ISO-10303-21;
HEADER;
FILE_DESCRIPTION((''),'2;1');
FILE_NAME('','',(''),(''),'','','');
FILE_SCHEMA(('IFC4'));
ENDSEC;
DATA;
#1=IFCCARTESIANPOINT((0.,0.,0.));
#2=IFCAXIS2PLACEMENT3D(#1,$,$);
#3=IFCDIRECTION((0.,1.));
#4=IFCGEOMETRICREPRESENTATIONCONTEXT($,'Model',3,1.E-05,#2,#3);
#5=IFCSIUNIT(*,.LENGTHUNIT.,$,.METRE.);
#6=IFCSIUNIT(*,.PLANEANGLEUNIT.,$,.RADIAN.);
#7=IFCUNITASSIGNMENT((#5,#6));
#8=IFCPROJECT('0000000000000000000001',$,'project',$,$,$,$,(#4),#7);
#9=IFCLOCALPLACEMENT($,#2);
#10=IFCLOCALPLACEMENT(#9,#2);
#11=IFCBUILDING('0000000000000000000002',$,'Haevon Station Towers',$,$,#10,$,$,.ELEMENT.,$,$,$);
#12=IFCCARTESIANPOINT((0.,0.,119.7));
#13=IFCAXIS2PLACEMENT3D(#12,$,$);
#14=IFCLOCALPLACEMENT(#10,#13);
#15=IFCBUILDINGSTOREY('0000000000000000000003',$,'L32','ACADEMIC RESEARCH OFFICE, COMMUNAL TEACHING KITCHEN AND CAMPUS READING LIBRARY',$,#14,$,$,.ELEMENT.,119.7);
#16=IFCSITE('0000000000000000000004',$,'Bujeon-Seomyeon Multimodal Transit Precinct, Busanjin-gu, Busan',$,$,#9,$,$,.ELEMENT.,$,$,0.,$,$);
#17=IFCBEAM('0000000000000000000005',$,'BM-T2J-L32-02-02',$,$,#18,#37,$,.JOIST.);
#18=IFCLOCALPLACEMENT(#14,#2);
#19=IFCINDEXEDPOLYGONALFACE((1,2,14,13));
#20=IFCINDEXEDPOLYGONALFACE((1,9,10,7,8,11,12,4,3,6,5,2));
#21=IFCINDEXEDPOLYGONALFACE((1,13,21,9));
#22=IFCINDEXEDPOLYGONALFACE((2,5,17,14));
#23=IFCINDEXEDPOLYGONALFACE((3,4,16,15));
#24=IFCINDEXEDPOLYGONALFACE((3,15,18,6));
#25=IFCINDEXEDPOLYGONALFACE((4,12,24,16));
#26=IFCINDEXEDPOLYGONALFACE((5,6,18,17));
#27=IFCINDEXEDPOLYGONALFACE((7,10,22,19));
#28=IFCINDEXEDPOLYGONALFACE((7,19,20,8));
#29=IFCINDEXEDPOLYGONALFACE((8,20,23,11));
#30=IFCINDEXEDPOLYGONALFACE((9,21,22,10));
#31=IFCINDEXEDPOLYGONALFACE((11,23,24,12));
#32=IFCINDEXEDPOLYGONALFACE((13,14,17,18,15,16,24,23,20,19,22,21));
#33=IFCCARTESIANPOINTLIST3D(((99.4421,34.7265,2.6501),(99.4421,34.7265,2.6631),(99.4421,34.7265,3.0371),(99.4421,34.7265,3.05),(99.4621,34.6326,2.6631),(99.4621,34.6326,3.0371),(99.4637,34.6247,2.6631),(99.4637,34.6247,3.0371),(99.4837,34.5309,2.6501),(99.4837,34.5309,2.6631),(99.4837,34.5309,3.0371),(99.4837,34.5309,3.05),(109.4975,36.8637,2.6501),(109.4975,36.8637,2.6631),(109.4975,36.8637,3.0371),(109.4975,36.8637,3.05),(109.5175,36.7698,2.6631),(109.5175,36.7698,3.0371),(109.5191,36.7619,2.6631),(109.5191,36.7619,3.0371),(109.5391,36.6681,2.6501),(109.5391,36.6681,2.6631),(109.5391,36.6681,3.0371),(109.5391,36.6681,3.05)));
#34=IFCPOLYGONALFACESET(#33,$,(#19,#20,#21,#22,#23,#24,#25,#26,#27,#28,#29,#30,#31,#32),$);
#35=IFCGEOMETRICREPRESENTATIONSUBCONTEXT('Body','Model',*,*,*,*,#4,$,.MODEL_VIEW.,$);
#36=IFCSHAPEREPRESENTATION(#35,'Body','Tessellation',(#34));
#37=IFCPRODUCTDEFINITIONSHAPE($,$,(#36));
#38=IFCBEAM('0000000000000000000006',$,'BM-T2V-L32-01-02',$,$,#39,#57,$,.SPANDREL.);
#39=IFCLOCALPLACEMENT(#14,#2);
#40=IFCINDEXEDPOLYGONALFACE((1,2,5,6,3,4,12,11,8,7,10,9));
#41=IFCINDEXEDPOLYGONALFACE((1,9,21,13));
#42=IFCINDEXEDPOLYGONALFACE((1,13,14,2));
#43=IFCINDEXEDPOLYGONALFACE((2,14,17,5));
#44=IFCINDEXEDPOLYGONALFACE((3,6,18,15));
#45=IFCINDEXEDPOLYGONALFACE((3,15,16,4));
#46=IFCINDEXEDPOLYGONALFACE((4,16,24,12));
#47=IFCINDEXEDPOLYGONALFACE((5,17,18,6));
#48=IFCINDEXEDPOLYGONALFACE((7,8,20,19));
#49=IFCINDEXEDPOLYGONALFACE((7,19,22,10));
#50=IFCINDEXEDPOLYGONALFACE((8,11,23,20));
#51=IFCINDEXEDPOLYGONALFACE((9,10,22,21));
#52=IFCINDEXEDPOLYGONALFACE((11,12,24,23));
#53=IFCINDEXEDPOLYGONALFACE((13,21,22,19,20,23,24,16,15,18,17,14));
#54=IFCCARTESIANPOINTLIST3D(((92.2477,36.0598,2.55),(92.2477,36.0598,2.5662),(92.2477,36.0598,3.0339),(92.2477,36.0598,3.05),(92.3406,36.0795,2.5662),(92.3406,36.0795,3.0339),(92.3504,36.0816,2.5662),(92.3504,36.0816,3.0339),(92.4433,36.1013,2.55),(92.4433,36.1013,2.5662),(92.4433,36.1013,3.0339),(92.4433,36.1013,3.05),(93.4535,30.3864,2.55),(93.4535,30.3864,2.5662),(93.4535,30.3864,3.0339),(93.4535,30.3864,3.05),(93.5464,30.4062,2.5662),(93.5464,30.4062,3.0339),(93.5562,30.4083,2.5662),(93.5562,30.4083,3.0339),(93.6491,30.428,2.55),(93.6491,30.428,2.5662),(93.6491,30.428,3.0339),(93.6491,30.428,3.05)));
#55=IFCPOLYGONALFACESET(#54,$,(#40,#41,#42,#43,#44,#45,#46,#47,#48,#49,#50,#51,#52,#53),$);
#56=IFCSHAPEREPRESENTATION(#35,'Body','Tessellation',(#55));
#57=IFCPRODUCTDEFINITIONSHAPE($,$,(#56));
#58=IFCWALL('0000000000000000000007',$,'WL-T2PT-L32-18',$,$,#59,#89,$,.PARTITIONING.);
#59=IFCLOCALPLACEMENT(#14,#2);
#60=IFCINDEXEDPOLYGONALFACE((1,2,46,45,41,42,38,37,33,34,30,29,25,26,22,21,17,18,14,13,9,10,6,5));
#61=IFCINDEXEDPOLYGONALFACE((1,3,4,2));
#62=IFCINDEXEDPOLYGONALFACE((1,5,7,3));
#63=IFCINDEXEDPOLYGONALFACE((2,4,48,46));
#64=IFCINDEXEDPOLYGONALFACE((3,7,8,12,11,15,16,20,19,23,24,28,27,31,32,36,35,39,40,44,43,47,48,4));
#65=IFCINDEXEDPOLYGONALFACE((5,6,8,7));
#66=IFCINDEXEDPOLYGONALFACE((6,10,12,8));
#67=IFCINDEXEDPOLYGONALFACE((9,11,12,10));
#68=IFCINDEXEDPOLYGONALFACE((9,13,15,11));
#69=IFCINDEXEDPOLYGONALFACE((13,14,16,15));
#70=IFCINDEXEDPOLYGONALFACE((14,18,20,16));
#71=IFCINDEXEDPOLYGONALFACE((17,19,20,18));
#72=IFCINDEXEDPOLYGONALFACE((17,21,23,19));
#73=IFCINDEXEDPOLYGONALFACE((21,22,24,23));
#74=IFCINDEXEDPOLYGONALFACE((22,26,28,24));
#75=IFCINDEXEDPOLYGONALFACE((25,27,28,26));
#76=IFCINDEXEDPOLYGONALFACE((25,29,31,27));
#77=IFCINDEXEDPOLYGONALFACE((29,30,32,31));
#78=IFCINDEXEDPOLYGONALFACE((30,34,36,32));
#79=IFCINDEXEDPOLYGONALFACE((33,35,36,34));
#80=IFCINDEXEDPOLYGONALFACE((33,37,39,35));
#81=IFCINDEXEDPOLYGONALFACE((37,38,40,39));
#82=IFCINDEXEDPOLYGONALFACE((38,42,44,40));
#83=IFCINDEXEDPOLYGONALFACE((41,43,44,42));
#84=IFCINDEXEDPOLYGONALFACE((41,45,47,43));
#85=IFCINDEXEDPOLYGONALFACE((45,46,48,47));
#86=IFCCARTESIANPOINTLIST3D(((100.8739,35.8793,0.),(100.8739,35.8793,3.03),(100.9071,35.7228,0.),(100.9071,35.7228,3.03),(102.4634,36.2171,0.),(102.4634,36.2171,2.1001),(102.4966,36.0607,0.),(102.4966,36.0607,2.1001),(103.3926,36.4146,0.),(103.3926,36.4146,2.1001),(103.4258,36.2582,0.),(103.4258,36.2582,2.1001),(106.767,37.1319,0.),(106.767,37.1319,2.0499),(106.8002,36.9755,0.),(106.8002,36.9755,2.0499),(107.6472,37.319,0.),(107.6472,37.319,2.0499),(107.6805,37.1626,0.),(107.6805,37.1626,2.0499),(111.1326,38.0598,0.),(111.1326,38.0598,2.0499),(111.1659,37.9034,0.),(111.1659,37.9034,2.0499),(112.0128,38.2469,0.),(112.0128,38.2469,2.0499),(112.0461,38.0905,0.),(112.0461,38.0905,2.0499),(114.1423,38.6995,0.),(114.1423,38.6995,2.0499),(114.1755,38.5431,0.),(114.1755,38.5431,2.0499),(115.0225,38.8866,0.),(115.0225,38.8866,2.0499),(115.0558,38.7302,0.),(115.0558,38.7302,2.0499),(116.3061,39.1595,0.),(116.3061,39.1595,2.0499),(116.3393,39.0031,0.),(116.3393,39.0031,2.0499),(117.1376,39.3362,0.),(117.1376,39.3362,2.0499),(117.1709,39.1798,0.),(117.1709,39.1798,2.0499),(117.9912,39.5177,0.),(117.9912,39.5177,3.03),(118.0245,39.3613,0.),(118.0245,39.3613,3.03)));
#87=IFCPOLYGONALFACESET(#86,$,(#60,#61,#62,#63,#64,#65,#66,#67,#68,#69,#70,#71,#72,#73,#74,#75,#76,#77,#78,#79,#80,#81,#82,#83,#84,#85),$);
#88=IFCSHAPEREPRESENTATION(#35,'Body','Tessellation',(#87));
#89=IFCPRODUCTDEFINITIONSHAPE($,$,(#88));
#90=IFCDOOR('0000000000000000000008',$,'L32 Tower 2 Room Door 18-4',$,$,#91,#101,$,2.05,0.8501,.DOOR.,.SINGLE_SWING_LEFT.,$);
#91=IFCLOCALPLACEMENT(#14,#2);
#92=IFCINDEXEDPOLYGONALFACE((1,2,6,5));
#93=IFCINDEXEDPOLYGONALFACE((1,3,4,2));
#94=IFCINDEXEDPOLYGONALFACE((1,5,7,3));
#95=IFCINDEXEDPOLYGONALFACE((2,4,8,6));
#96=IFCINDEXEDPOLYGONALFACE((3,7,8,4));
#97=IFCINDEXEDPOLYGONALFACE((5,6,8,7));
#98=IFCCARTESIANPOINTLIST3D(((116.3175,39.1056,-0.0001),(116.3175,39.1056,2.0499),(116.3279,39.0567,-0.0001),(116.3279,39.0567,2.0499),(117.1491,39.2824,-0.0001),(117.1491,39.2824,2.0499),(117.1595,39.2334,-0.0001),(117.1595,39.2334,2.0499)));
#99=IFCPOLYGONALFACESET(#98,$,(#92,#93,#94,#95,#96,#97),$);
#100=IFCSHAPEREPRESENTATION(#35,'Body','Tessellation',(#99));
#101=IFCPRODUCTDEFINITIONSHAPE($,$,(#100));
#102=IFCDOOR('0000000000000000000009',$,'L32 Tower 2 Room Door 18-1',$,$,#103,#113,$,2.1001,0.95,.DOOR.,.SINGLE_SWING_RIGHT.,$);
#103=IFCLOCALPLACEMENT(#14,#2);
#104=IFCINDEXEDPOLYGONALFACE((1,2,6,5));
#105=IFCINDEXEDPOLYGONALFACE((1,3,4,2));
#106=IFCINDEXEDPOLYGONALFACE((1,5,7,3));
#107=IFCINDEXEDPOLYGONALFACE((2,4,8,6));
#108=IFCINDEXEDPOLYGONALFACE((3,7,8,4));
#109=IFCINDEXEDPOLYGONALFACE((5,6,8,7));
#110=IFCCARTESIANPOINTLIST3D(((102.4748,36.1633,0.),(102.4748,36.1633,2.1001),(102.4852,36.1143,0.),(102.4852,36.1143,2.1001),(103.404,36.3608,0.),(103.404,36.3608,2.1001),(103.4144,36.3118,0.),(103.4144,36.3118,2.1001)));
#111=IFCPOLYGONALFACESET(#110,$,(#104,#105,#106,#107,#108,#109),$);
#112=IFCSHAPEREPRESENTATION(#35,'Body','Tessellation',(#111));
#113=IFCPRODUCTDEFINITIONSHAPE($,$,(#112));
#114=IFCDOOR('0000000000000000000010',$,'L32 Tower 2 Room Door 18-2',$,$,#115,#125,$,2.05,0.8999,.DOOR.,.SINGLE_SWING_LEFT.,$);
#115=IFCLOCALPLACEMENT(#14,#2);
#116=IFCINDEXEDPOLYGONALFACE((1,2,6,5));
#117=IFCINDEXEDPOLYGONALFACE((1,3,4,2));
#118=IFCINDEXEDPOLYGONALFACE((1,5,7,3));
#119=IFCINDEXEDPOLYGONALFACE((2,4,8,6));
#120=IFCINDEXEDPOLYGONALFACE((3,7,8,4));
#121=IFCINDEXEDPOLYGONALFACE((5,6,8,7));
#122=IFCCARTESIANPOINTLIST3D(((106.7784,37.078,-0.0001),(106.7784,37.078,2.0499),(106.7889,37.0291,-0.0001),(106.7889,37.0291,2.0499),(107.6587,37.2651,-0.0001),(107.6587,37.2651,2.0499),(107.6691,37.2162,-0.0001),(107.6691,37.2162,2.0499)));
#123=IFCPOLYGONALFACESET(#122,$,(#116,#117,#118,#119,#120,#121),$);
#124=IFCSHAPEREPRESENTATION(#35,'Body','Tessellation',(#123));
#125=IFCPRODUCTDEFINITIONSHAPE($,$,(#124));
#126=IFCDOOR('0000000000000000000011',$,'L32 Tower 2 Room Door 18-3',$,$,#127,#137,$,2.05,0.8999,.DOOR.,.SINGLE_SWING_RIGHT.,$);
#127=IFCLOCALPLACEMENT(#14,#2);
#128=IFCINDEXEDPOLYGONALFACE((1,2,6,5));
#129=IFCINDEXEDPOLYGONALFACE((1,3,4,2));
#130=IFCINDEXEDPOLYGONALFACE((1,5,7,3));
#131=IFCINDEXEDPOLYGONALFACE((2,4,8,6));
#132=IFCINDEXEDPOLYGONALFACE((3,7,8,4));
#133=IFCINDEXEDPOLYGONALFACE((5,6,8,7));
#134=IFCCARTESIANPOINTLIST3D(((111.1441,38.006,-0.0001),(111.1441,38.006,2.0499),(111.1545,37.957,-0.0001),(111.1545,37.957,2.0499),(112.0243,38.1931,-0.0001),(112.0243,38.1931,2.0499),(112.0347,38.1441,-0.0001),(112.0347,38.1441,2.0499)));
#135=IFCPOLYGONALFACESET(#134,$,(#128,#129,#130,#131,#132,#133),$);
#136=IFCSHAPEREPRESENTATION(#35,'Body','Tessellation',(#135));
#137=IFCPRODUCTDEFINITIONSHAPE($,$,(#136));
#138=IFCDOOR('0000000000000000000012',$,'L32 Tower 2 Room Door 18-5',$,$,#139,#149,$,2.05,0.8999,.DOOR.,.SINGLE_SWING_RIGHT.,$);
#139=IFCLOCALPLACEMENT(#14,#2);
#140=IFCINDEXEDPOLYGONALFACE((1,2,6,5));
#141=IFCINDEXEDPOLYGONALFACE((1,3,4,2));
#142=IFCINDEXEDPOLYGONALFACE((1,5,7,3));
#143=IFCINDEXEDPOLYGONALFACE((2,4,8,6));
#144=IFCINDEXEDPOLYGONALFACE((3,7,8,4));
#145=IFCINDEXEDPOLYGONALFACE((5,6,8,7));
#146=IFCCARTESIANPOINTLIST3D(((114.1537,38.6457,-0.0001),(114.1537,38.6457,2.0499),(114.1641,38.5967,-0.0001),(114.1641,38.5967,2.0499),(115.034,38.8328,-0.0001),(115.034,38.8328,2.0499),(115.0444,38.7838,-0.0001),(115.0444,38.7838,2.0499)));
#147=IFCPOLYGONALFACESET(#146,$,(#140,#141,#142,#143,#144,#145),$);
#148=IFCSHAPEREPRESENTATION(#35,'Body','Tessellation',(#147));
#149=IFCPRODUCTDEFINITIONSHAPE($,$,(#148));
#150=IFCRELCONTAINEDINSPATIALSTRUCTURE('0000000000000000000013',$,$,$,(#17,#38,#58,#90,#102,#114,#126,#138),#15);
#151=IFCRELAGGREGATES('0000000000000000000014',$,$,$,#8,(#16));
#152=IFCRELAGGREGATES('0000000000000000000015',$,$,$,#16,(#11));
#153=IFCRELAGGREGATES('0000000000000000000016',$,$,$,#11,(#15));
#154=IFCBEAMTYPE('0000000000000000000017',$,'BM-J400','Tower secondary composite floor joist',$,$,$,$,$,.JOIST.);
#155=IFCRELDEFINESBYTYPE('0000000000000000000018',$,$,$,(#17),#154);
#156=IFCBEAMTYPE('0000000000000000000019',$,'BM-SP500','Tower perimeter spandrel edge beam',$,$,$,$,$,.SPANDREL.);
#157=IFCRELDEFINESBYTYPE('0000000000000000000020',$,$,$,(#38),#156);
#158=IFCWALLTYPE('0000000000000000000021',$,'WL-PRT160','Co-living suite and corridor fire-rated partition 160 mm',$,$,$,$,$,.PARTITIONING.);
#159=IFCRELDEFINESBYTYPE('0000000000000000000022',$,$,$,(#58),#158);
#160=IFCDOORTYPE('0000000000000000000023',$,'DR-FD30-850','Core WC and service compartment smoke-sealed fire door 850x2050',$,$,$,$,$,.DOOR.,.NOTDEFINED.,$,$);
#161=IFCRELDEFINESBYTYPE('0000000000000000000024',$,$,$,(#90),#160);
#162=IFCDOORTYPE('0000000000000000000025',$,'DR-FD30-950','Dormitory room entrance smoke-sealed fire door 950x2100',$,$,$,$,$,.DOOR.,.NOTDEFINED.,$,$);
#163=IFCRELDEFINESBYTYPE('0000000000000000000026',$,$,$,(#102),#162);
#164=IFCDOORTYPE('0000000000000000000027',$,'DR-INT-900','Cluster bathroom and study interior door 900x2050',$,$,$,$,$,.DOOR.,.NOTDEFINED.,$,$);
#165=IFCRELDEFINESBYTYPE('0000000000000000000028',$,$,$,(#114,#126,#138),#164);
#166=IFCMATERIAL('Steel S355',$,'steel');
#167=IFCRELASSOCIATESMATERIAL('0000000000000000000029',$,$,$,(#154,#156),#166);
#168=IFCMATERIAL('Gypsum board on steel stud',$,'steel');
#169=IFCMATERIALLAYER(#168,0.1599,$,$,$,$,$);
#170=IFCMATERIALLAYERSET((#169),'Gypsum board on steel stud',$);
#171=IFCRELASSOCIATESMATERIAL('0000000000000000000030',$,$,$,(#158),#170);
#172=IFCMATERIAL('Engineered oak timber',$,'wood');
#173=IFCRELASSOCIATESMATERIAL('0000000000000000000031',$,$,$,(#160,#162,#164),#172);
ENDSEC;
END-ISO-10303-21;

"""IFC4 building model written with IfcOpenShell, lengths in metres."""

from ifc_helpers import new_model, si_unit, direction, frame, frame_2d, origin, origin_2d, place, context, subcontext, project, spatial, rectangle, i_section, extrude, material, layer, layer_set, material_profile, profile_set, type_object, element, fill, save


model = new_model("IFC4")

# Units and contexts
model_context = context("Model", 3, precision=1e-05, world=origin(), true_north=direction((0.0, 1.0)))
body_context = subcontext(model_context, "Body", "Model", "MODEL_VIEW")
ifc_project = project(units=[si_unit("LENGTHUNIT", "METRE"), si_unit("PLANEANGLEUNIT", "RADIAN")], contexts=[model_context])

# Site, building, storey
site_placement = place(None, origin())
site = spatial("IfcSite", under=ifc_project, at=site_placement, Name="Bujeon-Seomyeon Multimodal Transit Precinct, Busanjin-gu, Busan", CompositionType="ELEMENT", RefElevation=0.0)
building_placement = place(site_placement, origin())
building = spatial("IfcBuilding", under=site, at=building_placement, Name="Haevon Station Towers", CompositionType="ELEMENT")
storey_placement = place(building_placement, frame((0.0, 0.0, 119.7)))
storey = spatial("IfcBuildingStorey", under=building, at=storey_placement, Name="L32", Description="ACADEMIC RESEARCH OFFICE, COMMUNAL TEACHING KITCHEN AND CAMPUS READING LIBRARY", CompositionType="ELEMENT", Elevation=119.7)

# Beams
ifc_material_1 = material(Name="Steel S355", Category="steel")
ifc_material_profile_1 = material_profile(ifc_material_1, i_section(OverallWidth=0.2, OverallDepth=0.3999, WebThickness=0.0081, FlangeThickness=0.0129, at=origin_2d()), Name="H-400x200x8x13")
ifc_profile_set_1 = profile_set([ifc_material_profile_1], Name="Steel S355")
beam_type_1 = type_object("IfcBeamType", Name="BM-J400", Description="Tower secondary composite floor joist", PredefinedType="JOIST", material=ifc_profile_set_1)
beam_1_placement = place(storey_placement, frame((99.4629, 34.6287, 2.8501), z_axis=(0.97815, 0.207899, 0.0), x_axis=(-0.207899, 0.97815, 0.0)))
element("IfcBeam", 1, at=beam_1_placement, inside=storey, type_object=beam_type_1, Name="BM-T2J-L32-02-02", PredefinedType="JOIST", context=body_context, shape_type="SweptSolid", body=[
    extrude(i_section(OverallWidth=0.2, OverallDepth=0.3999, WebThickness=0.0081, FlangeThickness=0.0129, at=origin_2d()), origin(), (0.0, 0.0, 1.0), 10.28),
])
ifc_material_profile_2 = material_profile(ifc_material_1, i_section(OverallWidth=0.2, OverallDepth=0.5, WebThickness=0.01, FlangeThickness=0.0161, at=origin_2d()), Name="H-500x200x10x16")
ifc_profile_set_2 = profile_set([ifc_material_profile_2], Name="Steel S355")
beam_type_2 = type_object("IfcBeamType", Name="BM-SP500", Description="Tower perimeter spandrel edge beam", PredefinedType="SPANDREL", material=ifc_profile_set_2)
beam_2_placement = place(storey_placement, frame((93.5513, 30.4072, 2.8), z_axis=(-0.207896, 0.978151, 0.0), x_axis=(-0.978151, -0.207896, 0.0)))
element("IfcBeam", 2, at=beam_2_placement, inside=storey, type_object=beam_type_2, Name="BM-T2V-L32-01-02", PredefinedType="SPANDREL", context=body_context, shape_type="SweptSolid", body=[
    extrude(i_section(OverallWidth=0.2, OverallDepth=0.5, WebThickness=0.01, FlangeThickness=0.0161, at=origin_2d()), origin(), (0.0, 0.0, 1.0), 5.8),
])

# Wall, openings, doors
ifc_material_2 = material(Name="Gypsum board on steel stud", Category="steel")
ifc_layer = layer(ifc_material_2, 0.1599)
ifc_layer_set = layer_set([ifc_layer], Name="Gypsum board on steel stud")
wall_type = type_object("IfcWallType", Name="WL-PRT160", Description="Co-living suite and corridor fire-rated partition 160 mm", PredefinedType="PARTITIONING", material=ifc_layer_set)
wall_placement = place(storey_placement, frame((100.8904, 35.801, 0.0), z_axis=(0.0, 0.0, 1.0), x_axis=(0.978148, 0.207912, 0.0)))
wall = element("IfcWall", 3, at=wall_placement, inside=storey, type_object=wall_type, Name="WL-T2PT-L32-18", PredefinedType="PARTITIONING", context=body_context, shape_type="SweptSolid", body=[
    extrude(rectangle(XDim=17.4998, YDim=0.1599, at=frame_2d((8.75, 0.0))), origin(), (0.0, 0.0, 1.0), 3.03),
])
opening_1_placement = place(wall_placement, frame((1.625, 0.0, 0.0)))
opening_1 = element("IfcOpeningElement", 4, at=opening_1_placement, cuts=wall, PredefinedType="OPENING", context=body_context, shape_type="SweptSolid", body=[
    extrude(rectangle(XDim=0.95, YDim=2.1001, at=frame_2d((0.4751, 1.05))), frame((0.0, 0.0898, 0.0), z_axis=(0.0, -1.0, 0.0), x_axis=(1.0, 0.0, 0.0)), (0.0, 0.0, 1.0), 0.1799),
])
opening_2_placement = place(wall_placement, frame((6.0249, 0.0, 0.0)))
opening_2 = element("IfcOpeningElement", 5, at=opening_2_placement, cuts=wall, PredefinedType="OPENING", context=body_context, shape_type="SweptSolid", body=[
    extrude(rectangle(XDim=0.8999, YDim=2.05, at=frame_2d((0.45, 1.0249))), frame((0.0, 0.0898, 0.0), z_axis=(0.0, -1.0, 0.0), x_axis=(1.0, 0.0, 0.0)), (0.0, 0.0, 1.0), 0.1799),
])
opening_3_placement = place(wall_placement, frame((10.488, 0.0, 0.0)))
opening_3 = element("IfcOpeningElement", 6, at=opening_3_placement, cuts=wall, PredefinedType="OPENING", context=body_context, shape_type="SweptSolid", body=[
    extrude(rectangle(XDim=0.8999, YDim=2.05, at=frame_2d((0.45, 1.0249))), frame((0.0, 0.0898, 0.0), z_axis=(0.0, -1.0, 0.0), x_axis=(1.0, 0.0, 0.0)), (0.0, 0.0, 1.0), 0.1799),
])
opening_4_placement = place(wall_placement, frame((15.7771, 0.0, 0.0)))
opening_4 = element("IfcOpeningElement", 7, at=opening_4_placement, cuts=wall, PredefinedType="OPENING", context=body_context, shape_type="SweptSolid", body=[
    extrude(rectangle(XDim=0.8501, YDim=2.05, at=frame_2d((0.425, 1.0249))), frame((0.0, 0.0898, 0.0), z_axis=(0.0, -1.0, 0.0), x_axis=(1.0, 0.0, 0.0)), (0.0, 0.0, 1.0), 0.1799),
])
opening_5_placement = place(wall_placement, frame((13.5649, 0.0, 0.0)))
opening_5 = element("IfcOpeningElement", 8, at=opening_5_placement, cuts=wall, PredefinedType="OPENING", context=body_context, shape_type="SweptSolid", body=[
    extrude(rectangle(XDim=0.8999, YDim=2.05, at=frame_2d((0.45, 1.0249))), frame((0.0, 0.0898, 0.0), z_axis=(0.0, -1.0, 0.0), x_axis=(1.0, 0.0, 0.0)), (0.0, 0.0, 1.0), 0.1799),
])
ifc_material_3 = material(Name="Engineered oak timber", Category="wood")
door_type_1 = type_object("IfcDoorType", Name="DR-FD30-850", Description="Core WC and service compartment smoke-sealed fire door 850x2050", OperationType="NOTDEFINED", PredefinedType="DOOR", material=ifc_material_3)
door_1_placement = place(opening_4_placement, origin())
door_1 = element("IfcDoor", 9, at=door_1_placement, inside=storey, type_object=door_type_1, Name="L32 Tower 2 Room Door 18-4", OperationType="SINGLE_SWING_LEFT", OverallHeight=2.05, OverallWidth=0.8501, PredefinedType="DOOR", context=body_context, shape_type="SweptSolid", body=[
    extrude(rectangle(XDim=0.8501, YDim=2.05, at=frame_2d((0.425, 1.0249))), frame((0.0, 0.0249, 0.0), z_axis=(0.0, -1.0, 0.0), x_axis=(1.0, 0.0, 0.0)), (0.0, 0.0, 1.0), 0.05),
])
fill(opening_4, door_1)
door_type_2 = type_object("IfcDoorType", Name="DR-FD30-950", Description="Dormitory room entrance smoke-sealed fire door 950x2100", OperationType="NOTDEFINED", PredefinedType="DOOR", material=ifc_material_3)
door_2_placement = place(opening_1_placement, origin())
door_2 = element("IfcDoor", 10, at=door_2_placement, inside=storey, type_object=door_type_2, Name="L32 Tower 2 Room Door 18-1", OperationType="SINGLE_SWING_RIGHT", OverallHeight=2.1001, OverallWidth=0.95, PredefinedType="DOOR", context=body_context, shape_type="SweptSolid", body=[
    extrude(rectangle(XDim=0.95, YDim=2.1001, at=frame_2d((0.4751, 1.05))), frame((0.0, 0.0249, 0.0), z_axis=(0.0, -1.0, 0.0), x_axis=(1.0, 0.0, 0.0)), (0.0, 0.0, 1.0), 0.05),
])
fill(opening_1, door_2)
door_type_3 = type_object("IfcDoorType", Name="DR-INT-900", Description="Cluster bathroom and study interior door 900x2050", OperationType="NOTDEFINED", PredefinedType="DOOR", material=ifc_material_3)
door_3_placement = place(opening_2_placement, origin())
door_3 = element("IfcDoor", 11, at=door_3_placement, inside=storey, type_object=door_type_3, Name="L32 Tower 2 Room Door 18-2", OperationType="SINGLE_SWING_LEFT", OverallHeight=2.05, OverallWidth=0.8999, PredefinedType="DOOR", context=body_context, shape_type="SweptSolid", body=[
    extrude(rectangle(XDim=0.8999, YDim=2.05, at=frame_2d((0.45, 1.0249))), frame((0.0, 0.0249, 0.0), z_axis=(0.0, -1.0, 0.0), x_axis=(1.0, 0.0, 0.0)), (0.0, 0.0, 1.0), 0.05),
])
fill(opening_2, door_3)
door_4_placement = place(opening_3_placement, origin())
door_4 = element("IfcDoor", 12, at=door_4_placement, inside=storey, type_object=door_type_3, Name="L32 Tower 2 Room Door 18-3", OperationType="SINGLE_SWING_RIGHT", OverallHeight=2.05, OverallWidth=0.8999, PredefinedType="DOOR", context=body_context, shape_type="SweptSolid", body=[
    extrude(rectangle(XDim=0.8999, YDim=2.05, at=frame_2d((0.45, 1.0249))), frame((0.0, 0.0249, 0.0), z_axis=(0.0, -1.0, 0.0), x_axis=(1.0, 0.0, 0.0)), (0.0, 0.0, 1.0), 0.05),
])
fill(opening_3, door_4)
door_5_placement = place(opening_5_placement, origin())
door_5 = element("IfcDoor", 13, at=door_5_placement, inside=storey, type_object=door_type_3, Name="L32 Tower 2 Room Door 18-5", OperationType="SINGLE_SWING_RIGHT", OverallHeight=2.05, OverallWidth=0.8999, PredefinedType="DOOR", context=body_context, shape_type="SweptSolid", body=[
    extrude(rectangle(XDim=0.8999, YDim=2.05, at=frame_2d((0.45, 1.0249))), frame((0.0, 0.0249, 0.0), z_axis=(0.0, -1.0, 0.0), x_axis=(1.0, 0.0, 0.0)), (0.0, 0.0, 1.0), 0.05),
])
fill(opening_5, door_5)

save(model, "model.ifc")
